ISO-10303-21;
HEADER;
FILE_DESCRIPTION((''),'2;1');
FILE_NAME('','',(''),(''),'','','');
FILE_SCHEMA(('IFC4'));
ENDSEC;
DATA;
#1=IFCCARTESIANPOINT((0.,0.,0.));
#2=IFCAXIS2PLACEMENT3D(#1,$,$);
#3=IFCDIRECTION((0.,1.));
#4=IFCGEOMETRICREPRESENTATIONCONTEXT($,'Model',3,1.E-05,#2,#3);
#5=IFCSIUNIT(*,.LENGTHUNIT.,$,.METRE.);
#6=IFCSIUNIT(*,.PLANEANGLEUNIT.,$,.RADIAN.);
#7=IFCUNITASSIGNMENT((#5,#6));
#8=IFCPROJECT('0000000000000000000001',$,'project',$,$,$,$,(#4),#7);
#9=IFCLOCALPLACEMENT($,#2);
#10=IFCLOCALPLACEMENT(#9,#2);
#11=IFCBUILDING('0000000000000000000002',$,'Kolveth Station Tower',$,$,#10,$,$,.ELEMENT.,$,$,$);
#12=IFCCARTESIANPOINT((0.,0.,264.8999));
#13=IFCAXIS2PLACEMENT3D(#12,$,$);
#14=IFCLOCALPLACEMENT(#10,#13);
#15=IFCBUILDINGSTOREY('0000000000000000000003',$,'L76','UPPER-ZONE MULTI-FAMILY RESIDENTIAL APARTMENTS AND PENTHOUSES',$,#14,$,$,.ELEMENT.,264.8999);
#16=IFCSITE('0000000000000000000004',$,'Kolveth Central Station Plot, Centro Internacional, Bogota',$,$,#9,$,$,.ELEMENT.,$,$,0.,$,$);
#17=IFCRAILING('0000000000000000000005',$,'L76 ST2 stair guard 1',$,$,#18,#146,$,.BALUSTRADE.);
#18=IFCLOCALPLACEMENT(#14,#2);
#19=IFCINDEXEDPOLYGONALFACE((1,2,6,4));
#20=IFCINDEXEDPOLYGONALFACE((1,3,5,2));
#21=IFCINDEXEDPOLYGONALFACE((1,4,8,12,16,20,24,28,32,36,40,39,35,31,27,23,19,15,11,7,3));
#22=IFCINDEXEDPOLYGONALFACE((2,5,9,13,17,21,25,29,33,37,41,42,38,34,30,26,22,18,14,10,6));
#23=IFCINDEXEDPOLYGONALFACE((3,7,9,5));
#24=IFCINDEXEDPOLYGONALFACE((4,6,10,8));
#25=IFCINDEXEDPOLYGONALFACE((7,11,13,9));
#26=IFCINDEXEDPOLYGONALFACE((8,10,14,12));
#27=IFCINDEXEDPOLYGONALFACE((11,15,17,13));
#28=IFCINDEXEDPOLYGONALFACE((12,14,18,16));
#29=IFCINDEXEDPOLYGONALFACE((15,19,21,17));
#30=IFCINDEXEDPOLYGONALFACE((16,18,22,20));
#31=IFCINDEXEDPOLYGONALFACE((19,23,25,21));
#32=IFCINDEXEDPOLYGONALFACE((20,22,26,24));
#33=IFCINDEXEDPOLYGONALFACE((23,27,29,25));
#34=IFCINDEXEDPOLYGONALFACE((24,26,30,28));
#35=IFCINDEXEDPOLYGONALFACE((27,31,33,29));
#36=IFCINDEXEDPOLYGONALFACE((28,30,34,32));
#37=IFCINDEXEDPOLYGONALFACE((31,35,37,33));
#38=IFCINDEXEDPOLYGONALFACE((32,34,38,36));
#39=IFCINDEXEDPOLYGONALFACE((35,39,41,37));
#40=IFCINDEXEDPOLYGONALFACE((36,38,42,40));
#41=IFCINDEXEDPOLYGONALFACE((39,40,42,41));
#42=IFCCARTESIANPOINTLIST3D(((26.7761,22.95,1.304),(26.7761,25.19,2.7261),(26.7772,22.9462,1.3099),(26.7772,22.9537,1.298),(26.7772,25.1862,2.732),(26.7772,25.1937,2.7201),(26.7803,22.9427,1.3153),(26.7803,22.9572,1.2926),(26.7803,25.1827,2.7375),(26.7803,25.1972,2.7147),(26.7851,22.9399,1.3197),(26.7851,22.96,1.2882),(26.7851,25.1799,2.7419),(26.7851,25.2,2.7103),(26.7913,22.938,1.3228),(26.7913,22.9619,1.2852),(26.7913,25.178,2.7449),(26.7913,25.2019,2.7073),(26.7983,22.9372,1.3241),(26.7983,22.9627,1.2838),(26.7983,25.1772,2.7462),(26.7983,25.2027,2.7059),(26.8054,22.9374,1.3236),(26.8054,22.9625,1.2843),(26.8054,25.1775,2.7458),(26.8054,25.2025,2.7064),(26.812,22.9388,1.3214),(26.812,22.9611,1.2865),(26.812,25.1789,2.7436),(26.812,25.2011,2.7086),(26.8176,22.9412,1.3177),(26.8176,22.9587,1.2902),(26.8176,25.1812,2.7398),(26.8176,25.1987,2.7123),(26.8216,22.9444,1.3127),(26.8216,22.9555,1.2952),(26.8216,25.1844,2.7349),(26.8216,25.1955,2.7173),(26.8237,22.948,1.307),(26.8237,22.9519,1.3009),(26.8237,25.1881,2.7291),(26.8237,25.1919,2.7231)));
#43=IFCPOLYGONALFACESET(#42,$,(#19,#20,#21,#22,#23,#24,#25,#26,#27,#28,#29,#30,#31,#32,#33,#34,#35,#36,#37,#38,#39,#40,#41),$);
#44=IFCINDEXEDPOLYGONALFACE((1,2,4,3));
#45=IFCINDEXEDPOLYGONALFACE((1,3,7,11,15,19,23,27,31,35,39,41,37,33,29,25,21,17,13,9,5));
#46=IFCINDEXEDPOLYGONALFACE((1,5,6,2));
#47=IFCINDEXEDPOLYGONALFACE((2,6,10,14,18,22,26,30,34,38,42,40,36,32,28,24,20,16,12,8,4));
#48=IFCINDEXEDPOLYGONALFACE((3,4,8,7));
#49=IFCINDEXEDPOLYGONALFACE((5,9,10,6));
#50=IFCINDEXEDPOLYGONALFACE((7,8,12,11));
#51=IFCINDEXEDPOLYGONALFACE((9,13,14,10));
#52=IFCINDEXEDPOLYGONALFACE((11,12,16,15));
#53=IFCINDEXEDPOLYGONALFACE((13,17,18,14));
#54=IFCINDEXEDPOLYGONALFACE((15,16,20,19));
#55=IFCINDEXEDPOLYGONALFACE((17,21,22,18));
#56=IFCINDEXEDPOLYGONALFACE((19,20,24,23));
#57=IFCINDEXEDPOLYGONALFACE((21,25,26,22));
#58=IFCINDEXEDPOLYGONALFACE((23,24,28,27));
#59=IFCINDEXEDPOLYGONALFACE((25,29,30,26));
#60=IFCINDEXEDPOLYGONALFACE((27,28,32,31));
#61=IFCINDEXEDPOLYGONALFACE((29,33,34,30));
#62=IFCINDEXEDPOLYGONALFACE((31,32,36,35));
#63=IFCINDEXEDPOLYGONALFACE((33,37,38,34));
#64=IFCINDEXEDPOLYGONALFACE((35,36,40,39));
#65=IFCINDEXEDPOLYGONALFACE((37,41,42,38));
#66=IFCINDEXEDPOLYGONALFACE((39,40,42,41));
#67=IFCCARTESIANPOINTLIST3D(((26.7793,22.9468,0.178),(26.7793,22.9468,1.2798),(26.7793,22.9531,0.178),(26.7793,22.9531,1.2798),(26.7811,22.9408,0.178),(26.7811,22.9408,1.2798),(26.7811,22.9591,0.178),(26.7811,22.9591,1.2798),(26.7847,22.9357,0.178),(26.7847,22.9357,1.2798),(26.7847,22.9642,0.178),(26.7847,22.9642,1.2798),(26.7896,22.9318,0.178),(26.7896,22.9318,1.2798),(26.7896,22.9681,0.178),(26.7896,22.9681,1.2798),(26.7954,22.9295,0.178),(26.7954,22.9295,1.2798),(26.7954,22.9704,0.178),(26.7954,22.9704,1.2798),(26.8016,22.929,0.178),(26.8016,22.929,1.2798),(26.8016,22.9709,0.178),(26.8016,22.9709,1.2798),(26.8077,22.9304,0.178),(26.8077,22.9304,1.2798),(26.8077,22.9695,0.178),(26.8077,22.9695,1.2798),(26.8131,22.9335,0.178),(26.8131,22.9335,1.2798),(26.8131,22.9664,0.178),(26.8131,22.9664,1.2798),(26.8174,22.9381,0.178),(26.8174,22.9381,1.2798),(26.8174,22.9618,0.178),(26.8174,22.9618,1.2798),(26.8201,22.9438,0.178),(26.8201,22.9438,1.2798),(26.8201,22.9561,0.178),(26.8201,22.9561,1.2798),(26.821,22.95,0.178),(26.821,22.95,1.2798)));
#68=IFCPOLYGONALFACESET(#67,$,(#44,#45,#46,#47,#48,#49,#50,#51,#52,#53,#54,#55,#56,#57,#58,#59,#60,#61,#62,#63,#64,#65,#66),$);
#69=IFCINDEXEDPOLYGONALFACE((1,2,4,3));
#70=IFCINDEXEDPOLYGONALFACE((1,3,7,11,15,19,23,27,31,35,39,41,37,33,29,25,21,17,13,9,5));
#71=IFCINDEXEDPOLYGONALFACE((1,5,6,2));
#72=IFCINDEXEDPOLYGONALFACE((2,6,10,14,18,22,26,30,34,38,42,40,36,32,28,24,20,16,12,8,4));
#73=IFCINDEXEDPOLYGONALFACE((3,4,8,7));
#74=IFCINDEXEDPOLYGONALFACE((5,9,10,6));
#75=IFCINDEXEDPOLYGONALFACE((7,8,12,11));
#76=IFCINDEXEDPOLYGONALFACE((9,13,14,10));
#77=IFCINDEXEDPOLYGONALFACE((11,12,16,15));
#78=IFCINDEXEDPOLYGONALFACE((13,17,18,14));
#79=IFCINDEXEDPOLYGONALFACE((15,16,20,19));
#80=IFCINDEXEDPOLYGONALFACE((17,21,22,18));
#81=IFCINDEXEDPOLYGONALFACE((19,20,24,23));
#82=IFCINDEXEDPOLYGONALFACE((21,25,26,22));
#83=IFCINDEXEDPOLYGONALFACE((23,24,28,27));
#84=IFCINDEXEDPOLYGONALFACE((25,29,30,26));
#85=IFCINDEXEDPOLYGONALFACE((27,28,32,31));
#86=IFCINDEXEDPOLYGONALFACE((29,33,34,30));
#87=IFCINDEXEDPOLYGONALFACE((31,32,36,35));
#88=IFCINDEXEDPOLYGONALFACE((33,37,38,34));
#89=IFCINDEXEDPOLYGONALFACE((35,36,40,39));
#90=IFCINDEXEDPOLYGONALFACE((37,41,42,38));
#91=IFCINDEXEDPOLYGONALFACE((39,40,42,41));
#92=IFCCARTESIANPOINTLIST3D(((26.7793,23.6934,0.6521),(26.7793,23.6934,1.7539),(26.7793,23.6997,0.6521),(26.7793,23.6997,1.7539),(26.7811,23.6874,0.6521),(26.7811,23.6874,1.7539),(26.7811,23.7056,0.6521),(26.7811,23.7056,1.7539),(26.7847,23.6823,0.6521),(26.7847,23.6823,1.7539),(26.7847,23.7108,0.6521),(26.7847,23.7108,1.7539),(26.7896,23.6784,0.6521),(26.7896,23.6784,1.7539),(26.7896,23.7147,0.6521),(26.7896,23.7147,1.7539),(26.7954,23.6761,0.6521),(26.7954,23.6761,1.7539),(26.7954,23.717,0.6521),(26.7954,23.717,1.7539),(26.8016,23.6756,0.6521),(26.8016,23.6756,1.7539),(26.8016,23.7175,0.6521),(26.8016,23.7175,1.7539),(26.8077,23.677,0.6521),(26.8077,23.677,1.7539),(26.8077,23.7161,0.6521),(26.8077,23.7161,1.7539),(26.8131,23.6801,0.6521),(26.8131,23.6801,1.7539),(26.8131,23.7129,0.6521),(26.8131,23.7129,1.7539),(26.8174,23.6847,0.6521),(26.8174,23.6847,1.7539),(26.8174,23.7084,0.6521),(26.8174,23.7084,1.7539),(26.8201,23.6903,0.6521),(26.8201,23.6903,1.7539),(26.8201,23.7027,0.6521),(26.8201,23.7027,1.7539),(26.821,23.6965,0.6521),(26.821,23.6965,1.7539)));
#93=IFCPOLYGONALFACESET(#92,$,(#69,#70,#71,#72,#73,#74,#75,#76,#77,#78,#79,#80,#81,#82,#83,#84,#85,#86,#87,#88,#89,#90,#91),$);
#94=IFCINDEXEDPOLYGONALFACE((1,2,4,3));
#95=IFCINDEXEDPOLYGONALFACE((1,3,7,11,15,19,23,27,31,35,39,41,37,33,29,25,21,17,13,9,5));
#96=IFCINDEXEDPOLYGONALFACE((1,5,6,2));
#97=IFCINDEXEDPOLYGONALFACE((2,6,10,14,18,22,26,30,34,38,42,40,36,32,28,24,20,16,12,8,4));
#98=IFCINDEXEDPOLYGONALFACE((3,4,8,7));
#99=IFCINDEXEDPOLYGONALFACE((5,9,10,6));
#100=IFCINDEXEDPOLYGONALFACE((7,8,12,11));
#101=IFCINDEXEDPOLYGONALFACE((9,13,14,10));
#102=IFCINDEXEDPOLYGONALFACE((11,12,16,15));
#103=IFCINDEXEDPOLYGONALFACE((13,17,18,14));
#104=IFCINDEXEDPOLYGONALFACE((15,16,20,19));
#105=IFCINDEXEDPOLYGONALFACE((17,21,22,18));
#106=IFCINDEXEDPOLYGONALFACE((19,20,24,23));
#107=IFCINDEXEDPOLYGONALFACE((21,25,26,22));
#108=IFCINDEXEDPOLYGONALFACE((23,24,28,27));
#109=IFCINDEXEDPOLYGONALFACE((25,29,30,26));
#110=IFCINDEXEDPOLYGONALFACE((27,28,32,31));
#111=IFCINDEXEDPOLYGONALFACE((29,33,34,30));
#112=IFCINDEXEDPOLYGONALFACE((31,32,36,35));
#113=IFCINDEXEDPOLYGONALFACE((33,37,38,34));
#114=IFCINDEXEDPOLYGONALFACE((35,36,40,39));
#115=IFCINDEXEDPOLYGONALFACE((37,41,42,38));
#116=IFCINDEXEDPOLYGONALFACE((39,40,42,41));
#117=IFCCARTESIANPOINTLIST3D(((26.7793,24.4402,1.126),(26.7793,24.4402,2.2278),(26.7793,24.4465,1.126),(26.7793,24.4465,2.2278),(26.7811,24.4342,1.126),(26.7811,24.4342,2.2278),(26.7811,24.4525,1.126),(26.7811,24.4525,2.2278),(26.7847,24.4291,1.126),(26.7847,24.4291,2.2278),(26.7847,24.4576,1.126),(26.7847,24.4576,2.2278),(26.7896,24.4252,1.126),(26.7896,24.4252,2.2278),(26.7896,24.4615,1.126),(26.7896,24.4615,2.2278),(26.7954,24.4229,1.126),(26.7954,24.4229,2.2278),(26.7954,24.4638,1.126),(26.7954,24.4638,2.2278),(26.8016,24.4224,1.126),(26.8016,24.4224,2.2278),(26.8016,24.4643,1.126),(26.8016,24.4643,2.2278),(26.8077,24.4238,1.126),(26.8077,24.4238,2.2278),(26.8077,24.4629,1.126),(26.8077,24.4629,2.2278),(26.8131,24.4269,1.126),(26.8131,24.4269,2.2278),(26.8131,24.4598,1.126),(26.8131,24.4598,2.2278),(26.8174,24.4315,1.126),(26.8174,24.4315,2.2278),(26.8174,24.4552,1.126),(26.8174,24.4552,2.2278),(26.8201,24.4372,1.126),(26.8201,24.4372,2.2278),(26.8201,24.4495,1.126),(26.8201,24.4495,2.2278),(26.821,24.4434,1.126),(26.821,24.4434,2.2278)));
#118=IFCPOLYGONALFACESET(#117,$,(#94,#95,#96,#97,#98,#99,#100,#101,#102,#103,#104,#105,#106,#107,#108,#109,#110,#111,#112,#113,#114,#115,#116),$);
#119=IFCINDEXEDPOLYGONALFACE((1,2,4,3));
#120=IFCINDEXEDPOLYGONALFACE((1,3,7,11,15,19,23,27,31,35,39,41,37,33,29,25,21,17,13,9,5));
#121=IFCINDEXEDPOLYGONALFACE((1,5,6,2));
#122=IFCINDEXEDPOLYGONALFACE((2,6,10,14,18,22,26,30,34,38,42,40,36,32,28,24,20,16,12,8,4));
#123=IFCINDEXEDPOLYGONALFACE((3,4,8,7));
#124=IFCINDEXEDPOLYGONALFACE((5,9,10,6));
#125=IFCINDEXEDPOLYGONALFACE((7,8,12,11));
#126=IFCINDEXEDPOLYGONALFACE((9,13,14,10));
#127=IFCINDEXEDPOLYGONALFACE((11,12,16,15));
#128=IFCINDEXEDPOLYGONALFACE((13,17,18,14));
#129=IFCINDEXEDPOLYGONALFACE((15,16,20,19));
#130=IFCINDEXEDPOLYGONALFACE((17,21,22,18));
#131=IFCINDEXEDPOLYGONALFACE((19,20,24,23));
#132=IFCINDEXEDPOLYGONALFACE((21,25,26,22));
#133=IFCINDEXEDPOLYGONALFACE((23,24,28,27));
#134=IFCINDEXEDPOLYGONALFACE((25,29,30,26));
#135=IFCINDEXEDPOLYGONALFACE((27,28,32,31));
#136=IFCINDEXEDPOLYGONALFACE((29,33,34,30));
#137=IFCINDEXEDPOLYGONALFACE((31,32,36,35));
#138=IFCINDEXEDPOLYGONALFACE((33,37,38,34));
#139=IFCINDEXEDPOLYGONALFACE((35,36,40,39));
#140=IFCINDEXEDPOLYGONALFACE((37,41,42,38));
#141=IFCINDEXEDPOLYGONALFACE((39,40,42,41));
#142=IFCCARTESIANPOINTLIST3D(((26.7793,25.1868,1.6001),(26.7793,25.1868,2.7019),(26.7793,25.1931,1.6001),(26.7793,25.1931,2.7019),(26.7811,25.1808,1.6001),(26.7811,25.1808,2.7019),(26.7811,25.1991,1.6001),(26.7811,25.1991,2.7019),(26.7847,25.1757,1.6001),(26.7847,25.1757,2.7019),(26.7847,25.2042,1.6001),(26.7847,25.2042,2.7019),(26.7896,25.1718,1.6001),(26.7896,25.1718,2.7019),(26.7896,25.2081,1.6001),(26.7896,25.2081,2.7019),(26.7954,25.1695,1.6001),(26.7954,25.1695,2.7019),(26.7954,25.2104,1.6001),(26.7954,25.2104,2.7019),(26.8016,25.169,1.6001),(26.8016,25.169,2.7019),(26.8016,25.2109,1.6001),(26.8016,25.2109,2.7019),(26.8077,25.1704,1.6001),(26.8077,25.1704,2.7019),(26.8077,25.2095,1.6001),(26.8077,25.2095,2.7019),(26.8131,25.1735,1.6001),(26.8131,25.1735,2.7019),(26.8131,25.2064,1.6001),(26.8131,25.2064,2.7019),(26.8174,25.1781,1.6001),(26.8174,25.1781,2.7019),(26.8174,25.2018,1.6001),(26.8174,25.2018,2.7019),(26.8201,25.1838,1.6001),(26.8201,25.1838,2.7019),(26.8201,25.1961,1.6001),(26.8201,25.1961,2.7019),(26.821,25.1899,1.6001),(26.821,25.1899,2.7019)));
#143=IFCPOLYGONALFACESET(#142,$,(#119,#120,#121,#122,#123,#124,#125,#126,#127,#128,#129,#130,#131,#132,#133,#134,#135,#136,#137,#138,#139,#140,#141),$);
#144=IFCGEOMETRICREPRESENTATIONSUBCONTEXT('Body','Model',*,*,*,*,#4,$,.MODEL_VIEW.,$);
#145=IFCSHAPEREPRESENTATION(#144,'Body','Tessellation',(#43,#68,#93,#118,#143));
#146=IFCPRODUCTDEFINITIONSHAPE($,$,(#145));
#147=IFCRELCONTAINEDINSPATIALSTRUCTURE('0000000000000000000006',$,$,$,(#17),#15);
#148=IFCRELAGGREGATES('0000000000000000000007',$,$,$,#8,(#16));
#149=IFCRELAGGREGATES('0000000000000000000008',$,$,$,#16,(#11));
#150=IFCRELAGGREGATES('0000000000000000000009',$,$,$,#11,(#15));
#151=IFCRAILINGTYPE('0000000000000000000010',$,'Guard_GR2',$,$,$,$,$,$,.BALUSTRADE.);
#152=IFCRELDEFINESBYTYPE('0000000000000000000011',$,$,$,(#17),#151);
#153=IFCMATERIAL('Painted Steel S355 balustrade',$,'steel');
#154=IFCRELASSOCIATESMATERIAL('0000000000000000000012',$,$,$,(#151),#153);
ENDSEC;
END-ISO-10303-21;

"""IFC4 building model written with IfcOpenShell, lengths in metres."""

from ifc_helpers import new_model, si_unit, direction, frame, origin, origin_2d, place, context, subcontext, project, spatial, circle, extrude, material, type_object, element, save


model = new_model("IFC4")

# Units and contexts
model_context = context("Model", 3, precision=1e-05, world=origin(), true_north=direction((0.0, 1.0)))
body_context = subcontext(model_context, "Body", "Model", "MODEL_VIEW")
ifc_project = project(units=[si_unit("LENGTHUNIT", "METRE"), si_unit("PLANEANGLEUNIT", "RADIAN")], contexts=[model_context])

# Site, building, storey
site_placement = place(None, origin())
site = spatial("IfcSite", under=ifc_project, at=site_placement, Name="Kolveth Central Station Plot, Centro Internacional, Bogota", CompositionType="ELEMENT", RefElevation=0.0)
building_placement = place(site_placement, origin())
building = spatial("IfcBuilding", under=site, at=building_placement, Name="Kolveth Station Tower", CompositionType="ELEMENT")
storey_placement = place(building_placement, frame((0.0, 0.0, 264.8999)))
storey = spatial("IfcBuildingStorey", under=building, at=storey_placement, Name="L76", Description="UPPER-ZONE MULTI-FAMILY RESIDENTIAL APARTMENTS AND PENTHOUSES", CompositionType="ELEMENT", Elevation=264.8999)

# Railing
ifc_material_1 = material(Name="Painted Steel S355 balustrade", Category="steel")
railing_type_1 = type_object("IfcRailingType", Name="Guard_GR2", PredefinedType="BALUSTRADE", material=ifc_material_1)
railing_1_placement = place(storey_placement, frame((26.8, 22.95, 0.178)))
element("IfcRailing", 1, at=railing_1_placement, inside=storey, type_object=railing_type_1, Name="L76 ST2 stair guard 1", PredefinedType="BALUSTRADE", context=body_context, shape_type="SweptSolid", body=[
    extrude(circle(Radius=0.0239, at=origin_2d()), frame((0.0, 0.0, 1.126), z_axis=(0.0, 0.844229, 0.535982), x_axis=(-1.0, 0.0, 0.0)), (0.0, 0.0, 1.0), 2.6533),
    extrude(circle(Radius=0.021, at=origin_2d()), origin(), (0.0, 0.0, 1.0), 1.1018),
    extrude(circle(Radius=0.021, at=origin_2d()), frame((0.0, 0.7466, 0.4741)), (0.0, 0.0, 1.0), 1.1018),
    extrude(circle(Radius=0.021, at=origin_2d()), frame((0.0, 1.4934, 0.948)), (0.0, 0.0, 1.0), 1.1018),
    extrude(circle(Radius=0.021, at=origin_2d()), frame((0.0, 2.24, 1.4221)), (0.0, 0.0, 1.0), 1.1018),
])

save(model, "model.ifc")
